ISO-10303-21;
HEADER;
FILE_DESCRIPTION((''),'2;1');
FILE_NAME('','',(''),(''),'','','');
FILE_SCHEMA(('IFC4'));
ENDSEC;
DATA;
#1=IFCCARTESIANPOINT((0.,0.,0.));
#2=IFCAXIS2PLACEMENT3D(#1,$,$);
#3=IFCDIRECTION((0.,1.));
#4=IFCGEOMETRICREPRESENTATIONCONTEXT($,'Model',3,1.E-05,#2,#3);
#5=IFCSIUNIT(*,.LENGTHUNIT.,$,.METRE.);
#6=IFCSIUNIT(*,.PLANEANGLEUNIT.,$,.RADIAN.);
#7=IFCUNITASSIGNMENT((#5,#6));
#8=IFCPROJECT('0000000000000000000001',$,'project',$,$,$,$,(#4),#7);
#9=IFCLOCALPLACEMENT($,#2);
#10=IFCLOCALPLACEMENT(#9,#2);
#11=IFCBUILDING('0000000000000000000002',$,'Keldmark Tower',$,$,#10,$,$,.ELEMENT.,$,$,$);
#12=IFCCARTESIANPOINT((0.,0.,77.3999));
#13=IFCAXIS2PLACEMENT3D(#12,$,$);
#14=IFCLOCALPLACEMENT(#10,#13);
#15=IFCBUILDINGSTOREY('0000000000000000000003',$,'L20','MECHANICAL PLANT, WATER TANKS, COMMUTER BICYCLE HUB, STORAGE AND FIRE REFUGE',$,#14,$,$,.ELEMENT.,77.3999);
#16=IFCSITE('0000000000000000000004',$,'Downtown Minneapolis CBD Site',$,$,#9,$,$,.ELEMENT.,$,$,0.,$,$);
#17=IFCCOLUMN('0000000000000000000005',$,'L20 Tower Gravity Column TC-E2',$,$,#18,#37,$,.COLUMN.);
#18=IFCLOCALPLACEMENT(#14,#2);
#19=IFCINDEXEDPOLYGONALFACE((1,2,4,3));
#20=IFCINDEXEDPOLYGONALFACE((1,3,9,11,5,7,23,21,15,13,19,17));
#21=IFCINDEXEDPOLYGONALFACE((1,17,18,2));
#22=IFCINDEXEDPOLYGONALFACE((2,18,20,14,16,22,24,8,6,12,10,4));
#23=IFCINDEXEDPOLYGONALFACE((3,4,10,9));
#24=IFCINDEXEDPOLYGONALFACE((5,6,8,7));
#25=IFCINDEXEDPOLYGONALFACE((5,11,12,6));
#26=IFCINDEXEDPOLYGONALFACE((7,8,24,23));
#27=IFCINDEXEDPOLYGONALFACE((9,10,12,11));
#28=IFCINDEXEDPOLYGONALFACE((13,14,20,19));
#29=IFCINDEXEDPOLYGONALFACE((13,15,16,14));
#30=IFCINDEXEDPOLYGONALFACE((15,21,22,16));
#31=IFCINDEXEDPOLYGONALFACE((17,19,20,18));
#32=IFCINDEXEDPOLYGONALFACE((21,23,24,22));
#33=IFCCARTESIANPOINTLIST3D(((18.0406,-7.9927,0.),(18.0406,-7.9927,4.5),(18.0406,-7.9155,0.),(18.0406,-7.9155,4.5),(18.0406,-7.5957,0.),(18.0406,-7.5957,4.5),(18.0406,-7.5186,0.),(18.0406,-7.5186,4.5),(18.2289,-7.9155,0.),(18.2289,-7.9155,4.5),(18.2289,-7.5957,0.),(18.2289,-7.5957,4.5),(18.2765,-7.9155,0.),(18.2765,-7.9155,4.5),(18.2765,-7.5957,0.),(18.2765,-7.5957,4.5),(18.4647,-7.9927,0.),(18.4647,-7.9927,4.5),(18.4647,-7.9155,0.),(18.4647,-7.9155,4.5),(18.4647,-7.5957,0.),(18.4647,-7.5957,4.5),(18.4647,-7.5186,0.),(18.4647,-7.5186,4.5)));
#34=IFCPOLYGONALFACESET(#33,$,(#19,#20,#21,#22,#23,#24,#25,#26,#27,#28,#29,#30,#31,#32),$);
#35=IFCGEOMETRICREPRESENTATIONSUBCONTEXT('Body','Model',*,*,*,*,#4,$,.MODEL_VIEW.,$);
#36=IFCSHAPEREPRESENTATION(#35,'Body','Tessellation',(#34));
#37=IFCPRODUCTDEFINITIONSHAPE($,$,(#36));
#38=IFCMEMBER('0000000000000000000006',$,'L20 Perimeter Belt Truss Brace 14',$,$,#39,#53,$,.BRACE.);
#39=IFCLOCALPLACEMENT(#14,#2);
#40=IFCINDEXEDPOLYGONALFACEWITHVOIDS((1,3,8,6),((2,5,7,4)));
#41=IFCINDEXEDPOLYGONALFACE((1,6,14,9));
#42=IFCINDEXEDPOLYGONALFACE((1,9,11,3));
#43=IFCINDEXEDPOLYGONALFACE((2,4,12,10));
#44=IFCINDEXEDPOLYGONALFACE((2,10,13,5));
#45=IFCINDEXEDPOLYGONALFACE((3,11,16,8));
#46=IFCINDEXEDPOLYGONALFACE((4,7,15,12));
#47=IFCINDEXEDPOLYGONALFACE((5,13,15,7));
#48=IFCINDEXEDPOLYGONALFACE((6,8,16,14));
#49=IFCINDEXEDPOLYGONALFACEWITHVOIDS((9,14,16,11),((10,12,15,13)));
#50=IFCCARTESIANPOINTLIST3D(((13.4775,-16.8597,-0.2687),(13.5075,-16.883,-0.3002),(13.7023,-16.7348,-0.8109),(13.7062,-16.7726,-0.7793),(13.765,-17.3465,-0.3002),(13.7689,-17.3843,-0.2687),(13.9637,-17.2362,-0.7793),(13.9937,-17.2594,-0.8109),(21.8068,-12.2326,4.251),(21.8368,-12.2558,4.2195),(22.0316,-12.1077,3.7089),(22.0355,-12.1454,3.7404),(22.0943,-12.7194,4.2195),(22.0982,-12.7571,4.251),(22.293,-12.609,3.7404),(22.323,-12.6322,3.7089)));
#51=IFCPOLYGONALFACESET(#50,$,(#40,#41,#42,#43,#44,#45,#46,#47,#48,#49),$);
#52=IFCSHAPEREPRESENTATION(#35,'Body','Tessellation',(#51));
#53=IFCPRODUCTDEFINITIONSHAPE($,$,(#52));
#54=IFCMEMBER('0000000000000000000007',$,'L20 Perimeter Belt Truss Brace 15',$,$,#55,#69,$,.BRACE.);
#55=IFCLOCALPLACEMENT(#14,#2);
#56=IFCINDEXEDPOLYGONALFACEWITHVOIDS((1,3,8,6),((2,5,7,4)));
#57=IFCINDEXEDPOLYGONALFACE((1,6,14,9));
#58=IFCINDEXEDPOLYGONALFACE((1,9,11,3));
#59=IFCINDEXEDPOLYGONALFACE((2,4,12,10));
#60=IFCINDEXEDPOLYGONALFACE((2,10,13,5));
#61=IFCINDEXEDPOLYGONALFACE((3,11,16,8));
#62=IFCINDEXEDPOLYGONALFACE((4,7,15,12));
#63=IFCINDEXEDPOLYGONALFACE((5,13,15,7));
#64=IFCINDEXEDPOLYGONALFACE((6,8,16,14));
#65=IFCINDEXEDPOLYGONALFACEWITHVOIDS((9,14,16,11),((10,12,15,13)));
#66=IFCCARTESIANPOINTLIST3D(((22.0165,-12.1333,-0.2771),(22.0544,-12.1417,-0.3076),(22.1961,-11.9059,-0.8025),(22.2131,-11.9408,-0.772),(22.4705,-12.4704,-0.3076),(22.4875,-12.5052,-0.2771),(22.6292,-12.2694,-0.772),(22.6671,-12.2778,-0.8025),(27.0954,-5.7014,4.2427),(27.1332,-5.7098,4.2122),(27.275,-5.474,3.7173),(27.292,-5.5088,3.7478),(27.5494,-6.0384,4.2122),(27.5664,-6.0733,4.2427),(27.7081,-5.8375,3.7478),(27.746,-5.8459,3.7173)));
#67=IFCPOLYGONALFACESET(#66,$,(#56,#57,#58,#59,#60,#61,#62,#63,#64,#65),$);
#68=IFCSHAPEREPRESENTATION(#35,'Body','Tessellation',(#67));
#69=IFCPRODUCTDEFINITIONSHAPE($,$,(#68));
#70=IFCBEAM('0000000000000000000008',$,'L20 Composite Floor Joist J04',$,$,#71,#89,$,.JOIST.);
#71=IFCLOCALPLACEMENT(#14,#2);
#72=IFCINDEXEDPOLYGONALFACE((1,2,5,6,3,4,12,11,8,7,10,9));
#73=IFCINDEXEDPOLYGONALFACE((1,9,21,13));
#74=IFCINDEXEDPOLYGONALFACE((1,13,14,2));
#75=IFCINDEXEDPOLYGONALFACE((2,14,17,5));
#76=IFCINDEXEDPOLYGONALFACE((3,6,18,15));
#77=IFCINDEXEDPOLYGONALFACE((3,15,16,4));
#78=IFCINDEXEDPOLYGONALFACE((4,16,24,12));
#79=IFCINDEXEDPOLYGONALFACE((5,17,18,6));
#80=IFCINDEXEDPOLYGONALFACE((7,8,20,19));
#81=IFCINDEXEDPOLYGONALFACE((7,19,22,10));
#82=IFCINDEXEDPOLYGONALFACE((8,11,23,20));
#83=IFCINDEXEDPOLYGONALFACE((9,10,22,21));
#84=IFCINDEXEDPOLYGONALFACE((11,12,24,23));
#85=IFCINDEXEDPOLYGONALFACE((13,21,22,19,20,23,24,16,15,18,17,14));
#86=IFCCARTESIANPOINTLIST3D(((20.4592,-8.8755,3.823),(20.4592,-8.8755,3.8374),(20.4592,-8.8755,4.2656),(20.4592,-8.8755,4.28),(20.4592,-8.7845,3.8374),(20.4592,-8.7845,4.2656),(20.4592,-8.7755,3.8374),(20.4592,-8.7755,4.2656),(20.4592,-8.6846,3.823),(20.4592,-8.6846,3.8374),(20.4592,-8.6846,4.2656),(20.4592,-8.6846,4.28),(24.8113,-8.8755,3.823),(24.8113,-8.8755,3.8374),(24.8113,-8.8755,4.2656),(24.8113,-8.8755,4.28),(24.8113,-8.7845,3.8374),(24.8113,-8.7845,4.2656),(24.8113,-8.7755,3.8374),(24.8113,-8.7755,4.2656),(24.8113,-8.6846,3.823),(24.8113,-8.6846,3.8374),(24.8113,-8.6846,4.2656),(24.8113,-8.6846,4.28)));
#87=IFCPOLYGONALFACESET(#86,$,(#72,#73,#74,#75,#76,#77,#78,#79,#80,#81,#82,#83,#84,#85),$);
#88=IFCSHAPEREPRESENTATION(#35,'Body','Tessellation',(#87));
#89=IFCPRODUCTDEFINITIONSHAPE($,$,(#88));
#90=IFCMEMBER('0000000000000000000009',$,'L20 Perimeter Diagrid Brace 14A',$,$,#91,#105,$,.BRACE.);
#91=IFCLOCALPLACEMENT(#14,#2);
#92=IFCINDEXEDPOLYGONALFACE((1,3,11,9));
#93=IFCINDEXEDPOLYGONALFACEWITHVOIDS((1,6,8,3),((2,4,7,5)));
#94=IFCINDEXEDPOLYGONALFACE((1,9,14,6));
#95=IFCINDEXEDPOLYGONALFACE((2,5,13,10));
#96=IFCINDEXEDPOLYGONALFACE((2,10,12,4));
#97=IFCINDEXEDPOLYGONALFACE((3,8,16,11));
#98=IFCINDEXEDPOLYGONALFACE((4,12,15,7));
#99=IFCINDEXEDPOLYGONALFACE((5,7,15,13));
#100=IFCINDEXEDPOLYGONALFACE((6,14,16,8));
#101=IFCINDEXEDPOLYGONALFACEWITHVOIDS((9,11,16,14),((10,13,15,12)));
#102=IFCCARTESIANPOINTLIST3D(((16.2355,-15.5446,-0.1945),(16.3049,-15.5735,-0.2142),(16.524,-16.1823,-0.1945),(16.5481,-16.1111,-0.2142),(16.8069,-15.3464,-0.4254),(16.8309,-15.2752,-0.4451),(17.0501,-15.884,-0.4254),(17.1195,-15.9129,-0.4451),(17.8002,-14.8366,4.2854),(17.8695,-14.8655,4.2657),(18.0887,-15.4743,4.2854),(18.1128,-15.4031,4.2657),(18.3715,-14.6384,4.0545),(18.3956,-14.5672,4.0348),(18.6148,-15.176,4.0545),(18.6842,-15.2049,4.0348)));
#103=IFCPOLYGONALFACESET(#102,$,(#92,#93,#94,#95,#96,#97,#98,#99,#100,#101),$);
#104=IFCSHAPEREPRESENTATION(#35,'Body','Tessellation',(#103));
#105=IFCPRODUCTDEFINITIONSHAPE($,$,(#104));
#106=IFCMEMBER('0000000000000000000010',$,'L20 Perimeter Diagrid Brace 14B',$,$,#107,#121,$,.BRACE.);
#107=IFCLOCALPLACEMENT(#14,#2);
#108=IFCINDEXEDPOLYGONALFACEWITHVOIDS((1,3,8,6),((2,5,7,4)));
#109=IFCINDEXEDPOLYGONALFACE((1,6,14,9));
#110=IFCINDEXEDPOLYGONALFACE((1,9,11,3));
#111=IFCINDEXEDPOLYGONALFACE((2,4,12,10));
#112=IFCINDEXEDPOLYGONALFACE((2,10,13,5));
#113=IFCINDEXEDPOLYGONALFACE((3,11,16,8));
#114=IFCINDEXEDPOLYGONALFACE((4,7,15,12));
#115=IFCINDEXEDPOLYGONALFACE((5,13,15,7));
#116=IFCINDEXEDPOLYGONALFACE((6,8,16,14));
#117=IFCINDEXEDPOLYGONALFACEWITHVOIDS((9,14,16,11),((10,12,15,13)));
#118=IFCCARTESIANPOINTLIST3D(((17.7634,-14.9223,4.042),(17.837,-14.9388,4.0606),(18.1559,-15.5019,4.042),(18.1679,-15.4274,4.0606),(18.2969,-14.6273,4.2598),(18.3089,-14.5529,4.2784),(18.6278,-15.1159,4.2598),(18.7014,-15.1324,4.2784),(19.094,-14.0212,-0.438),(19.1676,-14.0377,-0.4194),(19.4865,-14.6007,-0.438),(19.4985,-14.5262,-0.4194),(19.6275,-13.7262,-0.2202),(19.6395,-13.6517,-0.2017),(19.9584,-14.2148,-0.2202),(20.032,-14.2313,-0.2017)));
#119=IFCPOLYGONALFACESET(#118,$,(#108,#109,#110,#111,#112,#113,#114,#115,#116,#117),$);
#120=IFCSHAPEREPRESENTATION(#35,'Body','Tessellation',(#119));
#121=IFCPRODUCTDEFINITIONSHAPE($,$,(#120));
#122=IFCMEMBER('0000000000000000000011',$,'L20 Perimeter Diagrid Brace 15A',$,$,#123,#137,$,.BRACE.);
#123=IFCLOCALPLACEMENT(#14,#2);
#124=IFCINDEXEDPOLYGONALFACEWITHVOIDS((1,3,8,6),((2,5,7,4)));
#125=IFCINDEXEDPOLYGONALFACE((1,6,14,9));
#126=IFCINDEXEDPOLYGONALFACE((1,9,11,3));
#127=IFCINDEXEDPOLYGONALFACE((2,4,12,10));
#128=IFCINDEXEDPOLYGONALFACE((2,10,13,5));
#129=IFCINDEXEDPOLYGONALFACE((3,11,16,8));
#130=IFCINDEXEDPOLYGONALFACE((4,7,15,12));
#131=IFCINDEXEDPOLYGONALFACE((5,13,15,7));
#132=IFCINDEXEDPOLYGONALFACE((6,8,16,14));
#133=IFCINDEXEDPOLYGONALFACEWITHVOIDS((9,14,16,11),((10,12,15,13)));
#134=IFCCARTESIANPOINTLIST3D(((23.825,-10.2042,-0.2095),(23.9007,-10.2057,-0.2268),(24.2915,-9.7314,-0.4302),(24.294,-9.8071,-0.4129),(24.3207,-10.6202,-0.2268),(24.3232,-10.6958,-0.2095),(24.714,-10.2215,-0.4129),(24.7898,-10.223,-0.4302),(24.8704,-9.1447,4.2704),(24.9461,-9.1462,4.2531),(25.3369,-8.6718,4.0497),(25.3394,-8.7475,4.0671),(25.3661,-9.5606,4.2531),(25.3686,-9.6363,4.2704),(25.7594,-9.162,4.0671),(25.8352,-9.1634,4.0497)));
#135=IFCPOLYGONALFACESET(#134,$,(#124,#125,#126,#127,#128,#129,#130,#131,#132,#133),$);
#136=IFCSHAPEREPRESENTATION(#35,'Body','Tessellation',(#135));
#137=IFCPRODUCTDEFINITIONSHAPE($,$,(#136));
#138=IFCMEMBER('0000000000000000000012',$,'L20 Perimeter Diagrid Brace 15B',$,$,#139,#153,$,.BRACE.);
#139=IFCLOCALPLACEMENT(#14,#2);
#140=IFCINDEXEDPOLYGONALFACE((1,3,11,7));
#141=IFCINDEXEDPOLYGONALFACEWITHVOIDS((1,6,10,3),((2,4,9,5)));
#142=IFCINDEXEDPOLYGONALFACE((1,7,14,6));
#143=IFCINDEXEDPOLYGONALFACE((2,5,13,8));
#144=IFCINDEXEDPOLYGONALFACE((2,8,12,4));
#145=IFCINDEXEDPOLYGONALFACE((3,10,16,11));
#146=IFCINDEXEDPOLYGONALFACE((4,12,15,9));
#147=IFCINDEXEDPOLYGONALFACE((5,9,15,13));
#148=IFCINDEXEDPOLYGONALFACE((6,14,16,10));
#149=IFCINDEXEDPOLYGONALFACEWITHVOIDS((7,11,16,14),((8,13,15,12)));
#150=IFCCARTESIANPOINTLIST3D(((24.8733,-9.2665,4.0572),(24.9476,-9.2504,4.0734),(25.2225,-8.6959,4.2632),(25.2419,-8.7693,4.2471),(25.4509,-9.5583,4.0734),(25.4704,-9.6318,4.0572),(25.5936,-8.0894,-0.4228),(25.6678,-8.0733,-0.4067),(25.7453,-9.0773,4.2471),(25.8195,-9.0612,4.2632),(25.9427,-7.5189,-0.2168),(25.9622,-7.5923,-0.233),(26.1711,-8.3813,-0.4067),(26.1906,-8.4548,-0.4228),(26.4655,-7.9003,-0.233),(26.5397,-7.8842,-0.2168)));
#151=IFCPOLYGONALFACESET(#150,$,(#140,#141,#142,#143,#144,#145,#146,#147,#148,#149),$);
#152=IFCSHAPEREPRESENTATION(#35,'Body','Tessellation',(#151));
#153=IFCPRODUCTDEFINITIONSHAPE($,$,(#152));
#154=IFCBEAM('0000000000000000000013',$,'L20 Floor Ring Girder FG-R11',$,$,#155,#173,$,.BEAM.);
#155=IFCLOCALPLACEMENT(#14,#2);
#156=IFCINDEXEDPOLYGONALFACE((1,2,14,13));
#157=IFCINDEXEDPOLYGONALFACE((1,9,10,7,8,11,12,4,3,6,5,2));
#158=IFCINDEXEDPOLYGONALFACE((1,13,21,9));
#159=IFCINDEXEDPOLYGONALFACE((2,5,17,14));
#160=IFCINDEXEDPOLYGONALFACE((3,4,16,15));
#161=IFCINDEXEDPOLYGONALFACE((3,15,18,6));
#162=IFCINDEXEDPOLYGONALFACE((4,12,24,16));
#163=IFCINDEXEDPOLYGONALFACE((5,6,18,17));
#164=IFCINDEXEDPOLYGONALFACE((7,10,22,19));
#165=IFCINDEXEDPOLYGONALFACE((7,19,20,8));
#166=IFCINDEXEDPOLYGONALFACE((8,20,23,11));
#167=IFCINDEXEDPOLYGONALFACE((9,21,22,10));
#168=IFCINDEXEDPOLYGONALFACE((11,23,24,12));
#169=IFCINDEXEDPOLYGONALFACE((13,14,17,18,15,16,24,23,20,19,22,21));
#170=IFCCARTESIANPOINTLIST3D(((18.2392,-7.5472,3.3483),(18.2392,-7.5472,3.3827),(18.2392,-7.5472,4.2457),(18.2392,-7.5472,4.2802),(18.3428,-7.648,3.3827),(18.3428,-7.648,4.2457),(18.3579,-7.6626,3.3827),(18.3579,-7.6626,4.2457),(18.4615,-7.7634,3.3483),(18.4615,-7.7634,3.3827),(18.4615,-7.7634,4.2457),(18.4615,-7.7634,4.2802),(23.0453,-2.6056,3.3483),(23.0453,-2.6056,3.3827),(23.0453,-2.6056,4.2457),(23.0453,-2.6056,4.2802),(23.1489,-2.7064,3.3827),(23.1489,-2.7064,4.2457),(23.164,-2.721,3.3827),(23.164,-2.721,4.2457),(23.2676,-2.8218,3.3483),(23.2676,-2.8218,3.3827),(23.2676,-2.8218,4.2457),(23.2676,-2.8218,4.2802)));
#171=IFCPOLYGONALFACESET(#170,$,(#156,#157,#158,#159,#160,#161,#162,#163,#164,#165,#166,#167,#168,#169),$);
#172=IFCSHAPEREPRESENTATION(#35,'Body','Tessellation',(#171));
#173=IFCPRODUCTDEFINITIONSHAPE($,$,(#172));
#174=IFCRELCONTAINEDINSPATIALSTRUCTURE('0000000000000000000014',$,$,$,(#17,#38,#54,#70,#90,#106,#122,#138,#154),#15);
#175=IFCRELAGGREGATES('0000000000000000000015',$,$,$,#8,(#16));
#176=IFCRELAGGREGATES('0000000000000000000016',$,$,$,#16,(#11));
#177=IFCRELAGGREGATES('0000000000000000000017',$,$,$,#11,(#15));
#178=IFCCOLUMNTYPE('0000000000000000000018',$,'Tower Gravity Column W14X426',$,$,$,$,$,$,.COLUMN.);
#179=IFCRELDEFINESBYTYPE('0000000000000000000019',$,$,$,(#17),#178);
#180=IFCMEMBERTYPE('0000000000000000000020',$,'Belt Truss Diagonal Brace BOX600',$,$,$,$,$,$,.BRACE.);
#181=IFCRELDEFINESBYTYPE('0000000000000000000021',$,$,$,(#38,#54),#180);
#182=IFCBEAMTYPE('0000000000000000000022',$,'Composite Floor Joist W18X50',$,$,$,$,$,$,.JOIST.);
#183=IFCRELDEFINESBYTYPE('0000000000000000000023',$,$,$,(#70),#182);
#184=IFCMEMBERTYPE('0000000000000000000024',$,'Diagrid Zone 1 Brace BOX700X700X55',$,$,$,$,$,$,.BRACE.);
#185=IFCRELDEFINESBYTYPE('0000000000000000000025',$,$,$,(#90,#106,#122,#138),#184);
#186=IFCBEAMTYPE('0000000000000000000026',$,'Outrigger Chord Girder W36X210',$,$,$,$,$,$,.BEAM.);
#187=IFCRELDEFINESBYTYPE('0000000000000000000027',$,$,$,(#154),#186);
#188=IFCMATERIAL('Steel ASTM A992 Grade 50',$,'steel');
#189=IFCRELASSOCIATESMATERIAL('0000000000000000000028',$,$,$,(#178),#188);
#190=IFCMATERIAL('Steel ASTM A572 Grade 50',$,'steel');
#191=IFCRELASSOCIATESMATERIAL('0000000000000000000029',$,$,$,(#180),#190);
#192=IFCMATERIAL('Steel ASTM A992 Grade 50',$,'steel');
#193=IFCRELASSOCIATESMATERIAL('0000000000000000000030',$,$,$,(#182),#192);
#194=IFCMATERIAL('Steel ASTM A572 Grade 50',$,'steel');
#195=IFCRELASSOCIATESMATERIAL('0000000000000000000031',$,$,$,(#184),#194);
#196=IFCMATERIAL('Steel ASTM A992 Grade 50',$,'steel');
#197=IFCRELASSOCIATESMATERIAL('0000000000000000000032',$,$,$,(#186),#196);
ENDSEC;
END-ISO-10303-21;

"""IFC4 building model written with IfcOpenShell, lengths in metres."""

from ifc_helpers import new_model, si_unit, direction, frame, origin, origin_2d, place, context, subcontext, project, spatial, hollow_rectangle, i_section, extrude, material, material_profile, profile_set, type_object, element, save


model = new_model("IFC4")

# Units and contexts
model_context = context("Model", 3, precision=1e-05, world=origin(), true_north=direction((0.0, 1.0)))
body_context = subcontext(model_context, "Body", "Model", "MODEL_VIEW")
ifc_project = project(units=[si_unit("LENGTHUNIT", "METRE"), si_unit("PLANEANGLEUNIT", "RADIAN")], contexts=[model_context])

# Site, building, storey
site_placement = place(None, origin())
site = spatial("IfcSite", under=ifc_project, at=site_placement, Name="Downtown Minneapolis CBD Site", CompositionType="ELEMENT", RefElevation=0.0)
building_placement = place(site_placement, origin())
building = spatial("IfcBuilding", under=site, at=building_placement, Name="Keldmark Tower", CompositionType="ELEMENT")
storey_placement = place(building_placement, frame((0.0, 0.0, 77.3999)))
storey = spatial("IfcBuildingStorey", under=building, at=storey_placement, Name="L20", Description="MECHANICAL PLANT, WATER TANKS, COMMUTER BICYCLE HUB, STORAGE AND FIRE REFUGE", CompositionType="ELEMENT", Elevation=77.3999)

# Column
ifc_material_1 = material(Name="Steel ASTM A992 Grade 50", Category="steel")
ifc_material_profile_1 = material_profile(ifc_material_1, i_section(OverallWidth=0.4241, OverallDepth=0.4741, WebThickness=0.0476, FlangeThickness=0.0771, at=origin_2d()), Name="W14X426")
ifc_profile_set_1 = profile_set([ifc_material_profile_1], Name="Steel ASTM A992 Grade 50")
column_type = type_object("IfcColumnType", Name="Tower Gravity Column W14X426", PredefinedType="COLUMN", material=ifc_profile_set_1)
column_placement = place(storey_placement, frame((18.2527, -7.7556, 0.0), z_axis=(0.0, 0.0, 1.0), x_axis=(1.0, 0.0, 0.0)))
element("IfcColumn", 1, at=column_placement, inside=storey, type_object=column_type, Name="L20 Tower Gravity Column TC-E2", PredefinedType="COLUMN", context=body_context, shape_type="SweptSolid", body=[
    extrude(i_section(OverallWidth=0.4241, OverallDepth=0.4741, WebThickness=0.0476, FlangeThickness=0.0771, at=origin_2d()), origin(), (0.0, 0.0, 1.0), 4.5),
])

# Members
ifc_material_2 = material(Name="Steel ASTM A572 Grade 50", Category="steel")
ifc_material_profile_2 = material_profile(ifc_material_2, hollow_rectangle(XDim=0.6001, YDim=0.6001, WallThickness=0.0349, at=origin_2d()), Name="BOX600X600X35")
ifc_profile_set_2 = profile_set([ifc_material_profile_2], Name="Steel ASTM A572 Grade 50")
member_type_1 = type_object("IfcMemberType", Name="Belt Truss Diagonal Brace BOX600", PredefinedType="BRACE", material=ifc_profile_set_2)
member_1_placement = place(storey_placement, frame((13.7356, -17.0596, -0.5398), z_axis=(0.789814, 0.438765, 0.428579), x_axis=(-0.485626, 0.874167, 0.0)))
element("IfcMember", 2, at=member_1_placement, inside=storey, type_object=member_type_1, Name="L20 Perimeter Belt Truss Brace 14", PredefinedType="BRACE", context=body_context, shape_type="SweptSolid", body=[
    extrude(hollow_rectangle(XDim=0.6001, YDim=0.6001, WallThickness=0.0349, at=origin_2d()), origin(), (0.0, 0.0, 1.0), 10.5459),
])
member_2_placement = place(storey_placement, frame((22.3418, -12.2056, -0.5398), z_axis=(0.542667, 0.687235, 0.48293), x_axis=(-0.78482, 0.619723, 0.0)))
element("IfcMember", 3, at=member_2_placement, inside=storey, type_object=member_type_1, Name="L20 Perimeter Belt Truss Brace 15", PredefinedType="BRACE", context=body_context, shape_type="SweptSolid", body=[
    extrude(hollow_rectangle(XDim=0.6001, YDim=0.6001, WallThickness=0.0349, at=origin_2d()), origin(), (0.0, 0.0, 1.0), 9.3591),
])

# Beam
ifc_material_3 = material(Name="Steel ASTM A992 Grade 50", Category="steel")
ifc_material_profile_3 = material_profile(ifc_material_3, i_section(OverallWidth=0.1909, OverallDepth=0.457, WebThickness=0.009, FlangeThickness=0.0144, at=origin_2d()), Name="W18X50")
ifc_profile_set_3 = profile_set([ifc_material_profile_3], Name="Steel ASTM A992 Grade 50")
beam_type_1 = type_object("IfcBeamType", Name="Composite Floor Joist W18X50", PredefinedType="JOIST", material=ifc_profile_set_3)
beam_1_placement = place(storey_placement, frame((20.4592, -8.78, 4.0515), z_axis=(1.0, 0.0, 0.0), x_axis=(0.0, 1.0, 0.0)))
element("IfcBeam", 4, at=beam_1_placement, inside=storey, type_object=beam_type_1, Name="L20 Composite Floor Joist J04", PredefinedType="JOIST", context=body_context, shape_type="SweptSolid", body=[
    extrude(i_section(OverallWidth=0.1909, OverallDepth=0.457, WebThickness=0.009, FlangeThickness=0.0144, at=origin_2d()), origin(), (0.0, 0.0, 1.0), 4.3521),
])

# Members
ifc_material_4 = material(Name="Steel ASTM A572 Grade 50", Category="steel")
ifc_material_profile_4 = material_profile(ifc_material_4, hollow_rectangle(XDim=0.7, YDim=0.7, WallThickness=0.0549, at=origin_2d()), Name="BOX700X700X55")
ifc_profile_set_4 = profile_set([ifc_material_profile_4], Name="Steel ASTM A572 Grade 50")
member_type_2 = type_object("IfcMemberType", Name="Diagrid Zone 1 Brace BOX700X700X55", PredefinedType="BRACE", material=ifc_profile_set_4)
member_3_placement = place(storey_placement, frame((16.6775, -15.7288, -0.3198), z_axis=(0.326122, 0.147566, 0.933739), x_axis=(-0.412249, 0.911071, 0.0)))
element("IfcMember", 5, at=member_3_placement, inside=storey, type_object=member_type_2, Name="L20 Perimeter Diagrid Brace 14A", PredefinedType="BRACE", context=body_context, shape_type="SweptSolid", body=[
    extrude(hollow_rectangle(XDim=0.7, YDim=0.7, WallThickness=0.0549, at=origin_2d()), origin(), (0.0, 0.0, 1.0), 4.7979),
])
member_4_placement = place(storey_placement, frame((19.563, -14.1262, -0.3198), z_axis=(-0.279561, -0.189332, 0.941275), x_axis=(0.560751, -0.827985, 0.0)))
element("IfcMember", 6, at=member_4_placement, inside=storey, type_object=member_type_2, Name="L20 Perimeter Diagrid Brace 14B", PredefinedType="BRACE", context=body_context, shape_type="SweptSolid", body=[
    extrude(hollow_rectangle(XDim=0.7, YDim=0.7, WallThickness=0.0549, at=origin_2d()), origin(), (0.0, 0.0, 1.0), 4.7595),
])
member_5_placement = place(storey_placement, frame((24.3074, -10.2136, -0.3198), z_axis=(0.221448, 0.224448, 0.948991), x_axis=(-0.711847, 0.702334, 0.0)))
element("IfcMember", 7, at=member_5_placement, inside=storey, type_object=member_type_2, Name="L20 Perimeter Diagrid Brace 15A", PredefinedType="BRACE", context=body_context, shape_type="SweptSolid", body=[
    extrude(hollow_rectangle(XDim=0.7, YDim=0.7, WallThickness=0.0549, at=origin_2d()), origin(), (0.0, 0.0, 1.0), 4.7207),
])
member_6_placement = place(storey_placement, frame((26.0667, -7.9868, -0.3198), z_axis=(-0.15364, -0.251085, 0.955694), x_axis=(0.85298, -0.521944, 0.0)))
element("IfcMember", 8, at=member_6_placement, inside=storey, type_object=member_type_2, Name="L20 Perimeter Diagrid Brace 15B", PredefinedType="BRACE", context=body_context, shape_type="SweptSolid", body=[
    extrude(hollow_rectangle(XDim=0.7, YDim=0.7, WallThickness=0.0549, at=origin_2d()), origin(), (0.0, 0.0, 1.0), 4.6877),
])

# Beam
ifc_material_5 = material(Name="Steel ASTM A992 Grade 50", Category="steel")
ifc_material_profile_5 = material_profile(ifc_material_5, i_section(OverallWidth=0.3101, OverallDepth=0.9319, WebThickness=0.021, FlangeThickness=0.0344, at=origin_2d()), Name="W36X210")
ifc_profile_set_5 = profile_set([ifc_material_profile_5], Name="Steel ASTM A992 Grade 50")
beam_type_2 = type_object("IfcBeamType", Name="Outrigger Chord Girder W36X210", PredefinedType="BEAM", material=ifc_profile_set_5)
beam_2_placement = place(storey_placement, frame((18.3503, -7.6553, 3.8142), z_axis=(0.69721, 0.716867, 0.0), x_axis=(-0.716867, 0.69721, 0.0)))
element("IfcBeam", 9, at=beam_2_placement, inside=storey, type_object=beam_type_2, Name="L20 Floor Ring Girder FG-R11", PredefinedType="BEAM", context=body_context, shape_type="SweptSolid", body=[
    extrude(i_section(OverallWidth=0.3101, OverallDepth=0.9319, WebThickness=0.021, FlangeThickness=0.0344, at=origin_2d()), origin(), (0.0, 0.0, 1.0), 6.8933),
])

save(model, "model.ifc")
